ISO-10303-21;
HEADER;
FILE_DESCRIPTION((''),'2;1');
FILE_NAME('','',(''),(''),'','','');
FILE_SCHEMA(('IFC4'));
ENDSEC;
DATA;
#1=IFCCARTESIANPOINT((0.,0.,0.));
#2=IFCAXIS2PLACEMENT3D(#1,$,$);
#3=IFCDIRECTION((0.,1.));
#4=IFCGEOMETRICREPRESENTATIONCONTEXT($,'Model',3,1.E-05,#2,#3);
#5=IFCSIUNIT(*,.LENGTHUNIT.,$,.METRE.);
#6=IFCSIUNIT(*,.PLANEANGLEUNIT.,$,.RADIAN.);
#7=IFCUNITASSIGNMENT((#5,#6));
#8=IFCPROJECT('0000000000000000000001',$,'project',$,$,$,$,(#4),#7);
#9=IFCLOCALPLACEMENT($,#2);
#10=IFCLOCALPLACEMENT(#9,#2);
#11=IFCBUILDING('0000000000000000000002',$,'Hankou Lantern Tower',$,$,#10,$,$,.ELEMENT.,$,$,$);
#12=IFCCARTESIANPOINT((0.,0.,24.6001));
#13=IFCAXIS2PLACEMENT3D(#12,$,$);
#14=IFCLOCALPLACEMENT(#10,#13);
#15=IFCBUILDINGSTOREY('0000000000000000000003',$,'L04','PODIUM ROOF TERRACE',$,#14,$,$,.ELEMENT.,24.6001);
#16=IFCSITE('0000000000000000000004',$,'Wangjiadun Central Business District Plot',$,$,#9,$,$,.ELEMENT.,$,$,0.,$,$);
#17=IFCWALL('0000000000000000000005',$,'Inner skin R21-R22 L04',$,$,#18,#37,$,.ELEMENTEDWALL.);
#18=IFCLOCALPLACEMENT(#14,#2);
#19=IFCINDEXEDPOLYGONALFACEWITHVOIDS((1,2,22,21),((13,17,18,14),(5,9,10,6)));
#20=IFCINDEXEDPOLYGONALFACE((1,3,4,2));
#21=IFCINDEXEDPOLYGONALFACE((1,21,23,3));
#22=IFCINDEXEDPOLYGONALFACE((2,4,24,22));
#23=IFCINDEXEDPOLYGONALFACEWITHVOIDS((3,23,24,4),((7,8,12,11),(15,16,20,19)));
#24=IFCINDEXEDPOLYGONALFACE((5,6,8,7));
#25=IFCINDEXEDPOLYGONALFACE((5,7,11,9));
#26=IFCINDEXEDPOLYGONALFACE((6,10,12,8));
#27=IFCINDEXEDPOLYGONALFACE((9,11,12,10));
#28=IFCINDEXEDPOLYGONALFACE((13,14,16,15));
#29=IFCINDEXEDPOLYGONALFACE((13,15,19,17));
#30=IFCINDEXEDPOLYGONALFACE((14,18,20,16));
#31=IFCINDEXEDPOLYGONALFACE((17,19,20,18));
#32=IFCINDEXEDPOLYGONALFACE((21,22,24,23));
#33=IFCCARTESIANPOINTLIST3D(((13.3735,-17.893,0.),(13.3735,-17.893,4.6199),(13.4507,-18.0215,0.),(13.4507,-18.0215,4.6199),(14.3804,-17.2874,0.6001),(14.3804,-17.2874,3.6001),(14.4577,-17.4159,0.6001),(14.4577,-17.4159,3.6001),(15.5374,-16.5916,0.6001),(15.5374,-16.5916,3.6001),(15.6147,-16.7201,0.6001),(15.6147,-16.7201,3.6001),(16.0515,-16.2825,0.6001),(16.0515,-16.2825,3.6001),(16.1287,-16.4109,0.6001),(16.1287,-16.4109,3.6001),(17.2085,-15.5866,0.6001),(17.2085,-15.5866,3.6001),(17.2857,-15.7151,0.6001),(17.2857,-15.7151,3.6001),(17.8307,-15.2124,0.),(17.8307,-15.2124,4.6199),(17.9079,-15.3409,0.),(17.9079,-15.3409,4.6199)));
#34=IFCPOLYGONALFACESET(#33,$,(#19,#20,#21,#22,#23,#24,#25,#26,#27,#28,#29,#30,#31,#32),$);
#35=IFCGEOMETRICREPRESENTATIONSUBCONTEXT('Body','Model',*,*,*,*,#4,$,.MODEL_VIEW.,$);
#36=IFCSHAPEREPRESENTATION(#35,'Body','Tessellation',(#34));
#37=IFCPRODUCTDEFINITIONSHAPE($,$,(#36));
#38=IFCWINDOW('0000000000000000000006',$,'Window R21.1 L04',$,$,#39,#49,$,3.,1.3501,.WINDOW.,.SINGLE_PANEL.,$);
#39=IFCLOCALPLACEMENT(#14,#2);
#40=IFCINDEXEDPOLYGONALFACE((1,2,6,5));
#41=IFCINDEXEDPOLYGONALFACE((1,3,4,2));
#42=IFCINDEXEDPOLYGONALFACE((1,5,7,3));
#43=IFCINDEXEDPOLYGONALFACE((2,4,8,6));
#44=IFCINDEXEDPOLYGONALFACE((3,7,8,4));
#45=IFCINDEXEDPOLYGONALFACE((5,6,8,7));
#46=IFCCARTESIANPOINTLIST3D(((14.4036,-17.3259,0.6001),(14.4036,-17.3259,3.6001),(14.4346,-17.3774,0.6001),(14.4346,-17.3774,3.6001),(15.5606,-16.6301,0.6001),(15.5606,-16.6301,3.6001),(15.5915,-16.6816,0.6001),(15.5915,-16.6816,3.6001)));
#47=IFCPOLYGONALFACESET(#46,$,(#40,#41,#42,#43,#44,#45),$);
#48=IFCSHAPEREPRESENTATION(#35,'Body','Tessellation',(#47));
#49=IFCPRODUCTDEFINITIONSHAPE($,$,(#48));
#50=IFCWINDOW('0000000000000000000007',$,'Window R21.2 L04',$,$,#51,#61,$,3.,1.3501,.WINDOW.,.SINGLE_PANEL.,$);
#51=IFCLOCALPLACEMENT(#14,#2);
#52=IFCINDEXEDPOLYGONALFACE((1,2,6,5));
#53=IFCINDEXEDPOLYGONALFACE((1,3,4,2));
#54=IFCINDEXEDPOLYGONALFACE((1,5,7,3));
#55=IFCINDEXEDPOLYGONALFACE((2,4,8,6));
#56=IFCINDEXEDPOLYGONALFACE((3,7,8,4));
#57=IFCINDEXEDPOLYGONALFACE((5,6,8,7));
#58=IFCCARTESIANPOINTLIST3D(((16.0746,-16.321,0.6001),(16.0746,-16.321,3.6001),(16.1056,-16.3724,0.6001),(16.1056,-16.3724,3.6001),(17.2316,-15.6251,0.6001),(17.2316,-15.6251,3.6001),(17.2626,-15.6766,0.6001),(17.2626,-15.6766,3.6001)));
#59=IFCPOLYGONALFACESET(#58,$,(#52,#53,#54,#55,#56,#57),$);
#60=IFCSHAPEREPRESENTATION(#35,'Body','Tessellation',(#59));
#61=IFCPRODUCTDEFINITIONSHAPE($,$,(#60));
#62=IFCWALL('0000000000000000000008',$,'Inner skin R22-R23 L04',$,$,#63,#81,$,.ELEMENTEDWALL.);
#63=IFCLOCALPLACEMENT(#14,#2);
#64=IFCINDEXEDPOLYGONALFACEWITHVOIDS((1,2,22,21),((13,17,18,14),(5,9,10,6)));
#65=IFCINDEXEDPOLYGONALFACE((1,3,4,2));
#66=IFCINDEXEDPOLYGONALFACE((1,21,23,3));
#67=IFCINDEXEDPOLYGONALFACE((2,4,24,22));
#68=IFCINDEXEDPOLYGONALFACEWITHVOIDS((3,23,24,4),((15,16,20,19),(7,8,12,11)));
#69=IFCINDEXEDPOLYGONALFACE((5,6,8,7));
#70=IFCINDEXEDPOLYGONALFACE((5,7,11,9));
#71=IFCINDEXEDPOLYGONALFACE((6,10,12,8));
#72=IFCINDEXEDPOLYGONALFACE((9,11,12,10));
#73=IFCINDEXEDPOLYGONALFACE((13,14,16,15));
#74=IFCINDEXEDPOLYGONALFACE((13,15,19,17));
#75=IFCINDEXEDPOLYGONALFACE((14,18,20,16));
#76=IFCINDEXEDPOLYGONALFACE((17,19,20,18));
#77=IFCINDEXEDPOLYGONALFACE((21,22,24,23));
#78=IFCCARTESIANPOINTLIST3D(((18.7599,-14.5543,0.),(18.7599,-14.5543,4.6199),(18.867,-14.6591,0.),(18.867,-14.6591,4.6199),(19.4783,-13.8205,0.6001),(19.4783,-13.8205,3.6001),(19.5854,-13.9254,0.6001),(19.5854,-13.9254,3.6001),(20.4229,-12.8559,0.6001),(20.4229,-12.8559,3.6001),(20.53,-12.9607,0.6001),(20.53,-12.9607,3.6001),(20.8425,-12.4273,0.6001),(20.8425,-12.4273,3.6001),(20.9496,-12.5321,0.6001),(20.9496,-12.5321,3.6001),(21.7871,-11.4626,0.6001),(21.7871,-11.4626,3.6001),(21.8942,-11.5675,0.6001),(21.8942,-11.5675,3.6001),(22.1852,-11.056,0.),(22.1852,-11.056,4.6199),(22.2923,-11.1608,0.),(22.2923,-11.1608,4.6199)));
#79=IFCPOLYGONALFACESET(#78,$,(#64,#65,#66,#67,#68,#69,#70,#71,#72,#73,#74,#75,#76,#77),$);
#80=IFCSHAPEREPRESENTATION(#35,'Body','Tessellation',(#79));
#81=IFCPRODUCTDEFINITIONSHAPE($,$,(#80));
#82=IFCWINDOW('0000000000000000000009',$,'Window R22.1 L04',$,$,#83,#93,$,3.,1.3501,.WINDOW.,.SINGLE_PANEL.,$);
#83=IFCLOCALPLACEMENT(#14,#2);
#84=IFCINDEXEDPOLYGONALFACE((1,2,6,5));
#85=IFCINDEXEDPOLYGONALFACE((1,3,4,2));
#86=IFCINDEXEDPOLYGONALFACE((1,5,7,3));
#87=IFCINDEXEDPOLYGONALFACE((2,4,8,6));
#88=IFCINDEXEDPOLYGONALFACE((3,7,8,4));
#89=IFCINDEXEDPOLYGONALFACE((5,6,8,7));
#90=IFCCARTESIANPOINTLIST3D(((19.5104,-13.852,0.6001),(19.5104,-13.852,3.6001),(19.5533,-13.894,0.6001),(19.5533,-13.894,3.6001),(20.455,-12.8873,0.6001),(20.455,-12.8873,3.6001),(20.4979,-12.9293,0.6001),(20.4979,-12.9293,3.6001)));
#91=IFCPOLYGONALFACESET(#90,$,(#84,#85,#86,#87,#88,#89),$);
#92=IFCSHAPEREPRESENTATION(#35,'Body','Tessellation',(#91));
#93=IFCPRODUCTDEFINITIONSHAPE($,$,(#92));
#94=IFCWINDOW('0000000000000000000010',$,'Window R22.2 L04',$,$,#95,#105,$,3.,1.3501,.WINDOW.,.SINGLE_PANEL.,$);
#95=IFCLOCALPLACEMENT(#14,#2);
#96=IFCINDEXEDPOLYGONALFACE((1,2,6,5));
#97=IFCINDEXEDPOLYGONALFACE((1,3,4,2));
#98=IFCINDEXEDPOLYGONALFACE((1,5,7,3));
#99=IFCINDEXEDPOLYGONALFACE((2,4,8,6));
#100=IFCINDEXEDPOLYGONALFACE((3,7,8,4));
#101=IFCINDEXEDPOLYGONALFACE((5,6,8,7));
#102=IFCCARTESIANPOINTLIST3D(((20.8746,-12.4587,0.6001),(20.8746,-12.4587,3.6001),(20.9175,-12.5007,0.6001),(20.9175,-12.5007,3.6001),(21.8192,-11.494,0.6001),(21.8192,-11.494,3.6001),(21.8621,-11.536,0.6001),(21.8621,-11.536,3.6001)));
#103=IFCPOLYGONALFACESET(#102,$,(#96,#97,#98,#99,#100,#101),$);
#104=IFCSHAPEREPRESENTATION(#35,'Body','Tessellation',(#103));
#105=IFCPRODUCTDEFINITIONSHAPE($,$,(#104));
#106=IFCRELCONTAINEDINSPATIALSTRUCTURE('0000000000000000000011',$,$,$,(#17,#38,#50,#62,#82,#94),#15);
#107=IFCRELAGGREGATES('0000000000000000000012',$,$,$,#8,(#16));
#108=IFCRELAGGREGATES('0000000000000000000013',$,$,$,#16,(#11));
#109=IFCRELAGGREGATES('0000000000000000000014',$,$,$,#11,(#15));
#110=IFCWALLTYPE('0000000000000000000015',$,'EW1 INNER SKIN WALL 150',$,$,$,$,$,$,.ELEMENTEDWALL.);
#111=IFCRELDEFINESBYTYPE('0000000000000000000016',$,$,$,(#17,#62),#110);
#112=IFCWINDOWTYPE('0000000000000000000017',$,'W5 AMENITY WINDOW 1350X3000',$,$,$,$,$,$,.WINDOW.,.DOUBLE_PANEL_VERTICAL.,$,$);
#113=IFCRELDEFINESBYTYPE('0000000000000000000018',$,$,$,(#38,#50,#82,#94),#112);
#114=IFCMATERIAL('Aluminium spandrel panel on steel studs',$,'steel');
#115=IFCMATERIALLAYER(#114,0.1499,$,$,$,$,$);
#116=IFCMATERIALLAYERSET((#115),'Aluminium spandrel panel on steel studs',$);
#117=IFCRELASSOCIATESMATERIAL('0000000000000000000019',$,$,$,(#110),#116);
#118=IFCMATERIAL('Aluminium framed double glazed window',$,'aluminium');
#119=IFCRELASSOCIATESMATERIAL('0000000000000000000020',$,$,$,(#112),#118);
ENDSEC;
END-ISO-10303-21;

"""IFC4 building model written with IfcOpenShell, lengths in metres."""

from ifc_helpers import new_model, si_unit, direction, frame, frame_2d, origin, place, context, subcontext, project, spatial, rectangle, extrude, material, layer, layer_set, type_object, element, fill, save


model = new_model("IFC4")

# Units and contexts
model_context = context("Model", 3, precision=1e-05, world=origin(), true_north=direction((0.0, 1.0)))
body_context = subcontext(model_context, "Body", "Model", "MODEL_VIEW")
ifc_project = project(units=[si_unit("LENGTHUNIT", "METRE"), si_unit("PLANEANGLEUNIT", "RADIAN")], contexts=[model_context])

# Site, building, storey
site_placement = place(None, origin())
site = spatial("IfcSite", under=ifc_project, at=site_placement, Name="Wangjiadun Central Business District Plot", CompositionType="ELEMENT", RefElevation=0.0)
building_placement = place(site_placement, origin())
building = spatial("IfcBuilding", under=site, at=building_placement, Name="Hankou Lantern Tower", CompositionType="ELEMENT")
storey_placement = place(building_placement, frame((0.0, 0.0, 24.6001)))
storey = spatial("IfcBuildingStorey", under=building, at=storey_placement, Name="L04", Description="PODIUM ROOF TERRACE", CompositionType="ELEMENT", Elevation=24.6001)

# Walls, openings, windows
ifc_material_1 = material(Name="Aluminium spandrel panel on steel studs", Category="steel")
ifc_layer = layer(ifc_material_1, 0.1499)
ifc_layer_set = layer_set([ifc_layer], Name="Aluminium spandrel panel on steel studs")
wall_type = type_object("IfcWallType", Name="EW1 INNER SKIN WALL 150", PredefinedType="ELEMENTEDWALL", material=ifc_layer_set)
wall_1_placement = place(storey_placement, frame((13.4121, -17.9573, 0.0), z_axis=(0.0, 0.0, 1.0), x_axis=(0.856958, 0.515386, 0.0)))
wall_1 = element("IfcWall", 1, at=wall_1_placement, inside=storey, type_object=wall_type, Name="Inner skin R21-R22 L04", PredefinedType="ELEMENTEDWALL", context=body_context, shape_type="SweptSolid", body=[
    extrude(rectangle(XDim=5.2012, YDim=0.1499, at=frame_2d((2.6006, 0.0))), origin(), (0.0, 0.0, 1.0), 4.6199),
])
opening_1_placement = place(wall_1_placement, frame((1.175, 0.0, 0.6001)))
opening_1 = element("IfcOpeningElement", 2, at=opening_1_placement, cuts=wall_1, PredefinedType="OPENING", context=body_context, shape_type="SweptSolid", body=[
    extrude(rectangle(XDim=1.3501, YDim=3.0, at=frame_2d((0.675, 1.5))), frame((0.0, 0.085, 0.0), z_axis=(0.0, -1.0, 0.0), x_axis=(1.0, 0.0, 0.0)), (0.0, 0.0, 1.0), 0.1699),
])
opening_2_placement = place(wall_1_placement, frame((3.125, 0.0, 0.6001)))
opening_2 = element("IfcOpeningElement", 3, at=opening_2_placement, cuts=wall_1, PredefinedType="OPENING", context=body_context, shape_type="SweptSolid", body=[
    extrude(rectangle(XDim=1.3501, YDim=3.0, at=frame_2d((0.675, 1.5))), frame((0.0, 0.085, 0.0), z_axis=(0.0, -1.0, 0.0), x_axis=(1.0, 0.0, 0.0)), (0.0, 0.0, 1.0), 0.1699),
])
ifc_material_2 = material(Name="Aluminium framed double glazed window", Category="aluminium")
window_type = type_object("IfcWindowType", Name="W5 AMENITY WINDOW 1350X3000", PartitioningType="DOUBLE_PANEL_VERTICAL", PredefinedType="WINDOW", material=ifc_material_2)
window_1_placement = place(opening_1_placement, origin())
window_1 = element("IfcWindow", 4, at=window_1_placement, inside=storey, type_object=window_type, Name="Window R21.1 L04", OverallHeight=3.0, OverallWidth=1.3501, PartitioningType="SINGLE_PANEL", PredefinedType="WINDOW", context=body_context, shape_type="SweptSolid", body=[
    extrude(rectangle(XDim=1.3501, YDim=3.0, at=frame_2d((0.675, 1.5))), frame((0.0, 0.03, 0.0), z_axis=(0.0, -1.0, 0.0), x_axis=(1.0, 0.0, 0.0)), (0.0, 0.0, 1.0), 0.0601),
])
fill(opening_1, window_1)
window_2_placement = place(opening_2_placement, origin())
window_2 = element("IfcWindow", 5, at=window_2_placement, inside=storey, type_object=window_type, Name="Window R21.2 L04", OverallHeight=3.0, OverallWidth=1.3501, PartitioningType="SINGLE_PANEL", PredefinedType="WINDOW", context=body_context, shape_type="SweptSolid", body=[
    extrude(rectangle(XDim=1.3501, YDim=3.0, at=frame_2d((0.675, 1.5))), frame((0.0, 0.03, 0.0), z_axis=(0.0, -1.0, 0.0), x_axis=(1.0, 0.0, 0.0)), (0.0, 0.0, 1.0), 0.0601),
])
fill(opening_2, window_2)
wall_2_placement = place(storey_placement, frame((18.8135, -14.6067, 0.0), z_axis=(0.0, 0.0, 1.0), x_axis=(0.699613, 0.714522, 0.0)))
wall_2 = element("IfcWall", 6, at=wall_2_placement, inside=storey, type_object=wall_type, Name="Inner skin R22-R23 L04", PredefinedType="ELEMENTEDWALL", context=body_context, shape_type="SweptSolid", body=[
    extrude(rectangle(XDim=4.896, YDim=0.1499, at=frame_2d((2.448, 0.0))), origin(), (0.0, 0.0, 1.0), 4.6199),
])
opening_3_placement = place(wall_2_placement, frame((1.0269, 0.0, 0.6001)))
opening_3 = element("IfcOpeningElement", 7, at=opening_3_placement, cuts=wall_2, PredefinedType="OPENING", context=body_context, shape_type="SweptSolid", body=[
    extrude(rectangle(XDim=1.3501, YDim=3.0, at=frame_2d((0.675, 1.5))), frame((0.0, 0.085, 0.0), z_axis=(0.0, -1.0, 0.0), x_axis=(1.0, 0.0, 0.0)), (0.0, 0.0, 1.0), 0.1699),
])
opening_4_placement = place(wall_2_placement, frame((2.9768, 0.0, 0.6001)))
opening_4 = element("IfcOpeningElement", 8, at=opening_4_placement, cuts=wall_2, PredefinedType="OPENING", context=body_context, shape_type="SweptSolid", body=[
    extrude(rectangle(XDim=1.3501, YDim=3.0, at=frame_2d((0.675, 1.5))), frame((0.0, 0.085, 0.0), z_axis=(0.0, -1.0, 0.0), x_axis=(1.0, 0.0, 0.0)), (0.0, 0.0, 1.0), 0.1699),
])
window_3_placement = place(opening_3_placement, origin())
window_3 = element("IfcWindow", 9, at=window_3_placement, inside=storey, type_object=window_type, Name="Window R22.1 L04", OverallHeight=3.0, OverallWidth=1.3501, PartitioningType="SINGLE_PANEL", PredefinedType="WINDOW", context=body_context, shape_type="SweptSolid", body=[
    extrude(rectangle(XDim=1.3501, YDim=3.0, at=frame_2d((0.675, 1.5))), frame((0.0, 0.03, 0.0), z_axis=(0.0, -1.0, 0.0), x_axis=(1.0, 0.0, 0.0)), (0.0, 0.0, 1.0), 0.0601),
])
fill(opening_3, window_3)
window_4_placement = place(opening_4_placement, origin())
window_4 = element("IfcWindow", 10, at=window_4_placement, inside=storey, type_object=window_type, Name="Window R22.2 L04", OverallHeight=3.0, OverallWidth=1.3501, PartitioningType="SINGLE_PANEL", PredefinedType="WINDOW", context=body_context, shape_type="SweptSolid", body=[
    extrude(rectangle(XDim=1.3501, YDim=3.0, at=frame_2d((0.675, 1.5))), frame((0.0, 0.03, 0.0), z_axis=(0.0, -1.0, 0.0), x_axis=(1.0, 0.0, 0.0)), (0.0, 0.0, 1.0), 0.0601),
])
fill(opening_4, window_4)

save(model, "model.ifc")
